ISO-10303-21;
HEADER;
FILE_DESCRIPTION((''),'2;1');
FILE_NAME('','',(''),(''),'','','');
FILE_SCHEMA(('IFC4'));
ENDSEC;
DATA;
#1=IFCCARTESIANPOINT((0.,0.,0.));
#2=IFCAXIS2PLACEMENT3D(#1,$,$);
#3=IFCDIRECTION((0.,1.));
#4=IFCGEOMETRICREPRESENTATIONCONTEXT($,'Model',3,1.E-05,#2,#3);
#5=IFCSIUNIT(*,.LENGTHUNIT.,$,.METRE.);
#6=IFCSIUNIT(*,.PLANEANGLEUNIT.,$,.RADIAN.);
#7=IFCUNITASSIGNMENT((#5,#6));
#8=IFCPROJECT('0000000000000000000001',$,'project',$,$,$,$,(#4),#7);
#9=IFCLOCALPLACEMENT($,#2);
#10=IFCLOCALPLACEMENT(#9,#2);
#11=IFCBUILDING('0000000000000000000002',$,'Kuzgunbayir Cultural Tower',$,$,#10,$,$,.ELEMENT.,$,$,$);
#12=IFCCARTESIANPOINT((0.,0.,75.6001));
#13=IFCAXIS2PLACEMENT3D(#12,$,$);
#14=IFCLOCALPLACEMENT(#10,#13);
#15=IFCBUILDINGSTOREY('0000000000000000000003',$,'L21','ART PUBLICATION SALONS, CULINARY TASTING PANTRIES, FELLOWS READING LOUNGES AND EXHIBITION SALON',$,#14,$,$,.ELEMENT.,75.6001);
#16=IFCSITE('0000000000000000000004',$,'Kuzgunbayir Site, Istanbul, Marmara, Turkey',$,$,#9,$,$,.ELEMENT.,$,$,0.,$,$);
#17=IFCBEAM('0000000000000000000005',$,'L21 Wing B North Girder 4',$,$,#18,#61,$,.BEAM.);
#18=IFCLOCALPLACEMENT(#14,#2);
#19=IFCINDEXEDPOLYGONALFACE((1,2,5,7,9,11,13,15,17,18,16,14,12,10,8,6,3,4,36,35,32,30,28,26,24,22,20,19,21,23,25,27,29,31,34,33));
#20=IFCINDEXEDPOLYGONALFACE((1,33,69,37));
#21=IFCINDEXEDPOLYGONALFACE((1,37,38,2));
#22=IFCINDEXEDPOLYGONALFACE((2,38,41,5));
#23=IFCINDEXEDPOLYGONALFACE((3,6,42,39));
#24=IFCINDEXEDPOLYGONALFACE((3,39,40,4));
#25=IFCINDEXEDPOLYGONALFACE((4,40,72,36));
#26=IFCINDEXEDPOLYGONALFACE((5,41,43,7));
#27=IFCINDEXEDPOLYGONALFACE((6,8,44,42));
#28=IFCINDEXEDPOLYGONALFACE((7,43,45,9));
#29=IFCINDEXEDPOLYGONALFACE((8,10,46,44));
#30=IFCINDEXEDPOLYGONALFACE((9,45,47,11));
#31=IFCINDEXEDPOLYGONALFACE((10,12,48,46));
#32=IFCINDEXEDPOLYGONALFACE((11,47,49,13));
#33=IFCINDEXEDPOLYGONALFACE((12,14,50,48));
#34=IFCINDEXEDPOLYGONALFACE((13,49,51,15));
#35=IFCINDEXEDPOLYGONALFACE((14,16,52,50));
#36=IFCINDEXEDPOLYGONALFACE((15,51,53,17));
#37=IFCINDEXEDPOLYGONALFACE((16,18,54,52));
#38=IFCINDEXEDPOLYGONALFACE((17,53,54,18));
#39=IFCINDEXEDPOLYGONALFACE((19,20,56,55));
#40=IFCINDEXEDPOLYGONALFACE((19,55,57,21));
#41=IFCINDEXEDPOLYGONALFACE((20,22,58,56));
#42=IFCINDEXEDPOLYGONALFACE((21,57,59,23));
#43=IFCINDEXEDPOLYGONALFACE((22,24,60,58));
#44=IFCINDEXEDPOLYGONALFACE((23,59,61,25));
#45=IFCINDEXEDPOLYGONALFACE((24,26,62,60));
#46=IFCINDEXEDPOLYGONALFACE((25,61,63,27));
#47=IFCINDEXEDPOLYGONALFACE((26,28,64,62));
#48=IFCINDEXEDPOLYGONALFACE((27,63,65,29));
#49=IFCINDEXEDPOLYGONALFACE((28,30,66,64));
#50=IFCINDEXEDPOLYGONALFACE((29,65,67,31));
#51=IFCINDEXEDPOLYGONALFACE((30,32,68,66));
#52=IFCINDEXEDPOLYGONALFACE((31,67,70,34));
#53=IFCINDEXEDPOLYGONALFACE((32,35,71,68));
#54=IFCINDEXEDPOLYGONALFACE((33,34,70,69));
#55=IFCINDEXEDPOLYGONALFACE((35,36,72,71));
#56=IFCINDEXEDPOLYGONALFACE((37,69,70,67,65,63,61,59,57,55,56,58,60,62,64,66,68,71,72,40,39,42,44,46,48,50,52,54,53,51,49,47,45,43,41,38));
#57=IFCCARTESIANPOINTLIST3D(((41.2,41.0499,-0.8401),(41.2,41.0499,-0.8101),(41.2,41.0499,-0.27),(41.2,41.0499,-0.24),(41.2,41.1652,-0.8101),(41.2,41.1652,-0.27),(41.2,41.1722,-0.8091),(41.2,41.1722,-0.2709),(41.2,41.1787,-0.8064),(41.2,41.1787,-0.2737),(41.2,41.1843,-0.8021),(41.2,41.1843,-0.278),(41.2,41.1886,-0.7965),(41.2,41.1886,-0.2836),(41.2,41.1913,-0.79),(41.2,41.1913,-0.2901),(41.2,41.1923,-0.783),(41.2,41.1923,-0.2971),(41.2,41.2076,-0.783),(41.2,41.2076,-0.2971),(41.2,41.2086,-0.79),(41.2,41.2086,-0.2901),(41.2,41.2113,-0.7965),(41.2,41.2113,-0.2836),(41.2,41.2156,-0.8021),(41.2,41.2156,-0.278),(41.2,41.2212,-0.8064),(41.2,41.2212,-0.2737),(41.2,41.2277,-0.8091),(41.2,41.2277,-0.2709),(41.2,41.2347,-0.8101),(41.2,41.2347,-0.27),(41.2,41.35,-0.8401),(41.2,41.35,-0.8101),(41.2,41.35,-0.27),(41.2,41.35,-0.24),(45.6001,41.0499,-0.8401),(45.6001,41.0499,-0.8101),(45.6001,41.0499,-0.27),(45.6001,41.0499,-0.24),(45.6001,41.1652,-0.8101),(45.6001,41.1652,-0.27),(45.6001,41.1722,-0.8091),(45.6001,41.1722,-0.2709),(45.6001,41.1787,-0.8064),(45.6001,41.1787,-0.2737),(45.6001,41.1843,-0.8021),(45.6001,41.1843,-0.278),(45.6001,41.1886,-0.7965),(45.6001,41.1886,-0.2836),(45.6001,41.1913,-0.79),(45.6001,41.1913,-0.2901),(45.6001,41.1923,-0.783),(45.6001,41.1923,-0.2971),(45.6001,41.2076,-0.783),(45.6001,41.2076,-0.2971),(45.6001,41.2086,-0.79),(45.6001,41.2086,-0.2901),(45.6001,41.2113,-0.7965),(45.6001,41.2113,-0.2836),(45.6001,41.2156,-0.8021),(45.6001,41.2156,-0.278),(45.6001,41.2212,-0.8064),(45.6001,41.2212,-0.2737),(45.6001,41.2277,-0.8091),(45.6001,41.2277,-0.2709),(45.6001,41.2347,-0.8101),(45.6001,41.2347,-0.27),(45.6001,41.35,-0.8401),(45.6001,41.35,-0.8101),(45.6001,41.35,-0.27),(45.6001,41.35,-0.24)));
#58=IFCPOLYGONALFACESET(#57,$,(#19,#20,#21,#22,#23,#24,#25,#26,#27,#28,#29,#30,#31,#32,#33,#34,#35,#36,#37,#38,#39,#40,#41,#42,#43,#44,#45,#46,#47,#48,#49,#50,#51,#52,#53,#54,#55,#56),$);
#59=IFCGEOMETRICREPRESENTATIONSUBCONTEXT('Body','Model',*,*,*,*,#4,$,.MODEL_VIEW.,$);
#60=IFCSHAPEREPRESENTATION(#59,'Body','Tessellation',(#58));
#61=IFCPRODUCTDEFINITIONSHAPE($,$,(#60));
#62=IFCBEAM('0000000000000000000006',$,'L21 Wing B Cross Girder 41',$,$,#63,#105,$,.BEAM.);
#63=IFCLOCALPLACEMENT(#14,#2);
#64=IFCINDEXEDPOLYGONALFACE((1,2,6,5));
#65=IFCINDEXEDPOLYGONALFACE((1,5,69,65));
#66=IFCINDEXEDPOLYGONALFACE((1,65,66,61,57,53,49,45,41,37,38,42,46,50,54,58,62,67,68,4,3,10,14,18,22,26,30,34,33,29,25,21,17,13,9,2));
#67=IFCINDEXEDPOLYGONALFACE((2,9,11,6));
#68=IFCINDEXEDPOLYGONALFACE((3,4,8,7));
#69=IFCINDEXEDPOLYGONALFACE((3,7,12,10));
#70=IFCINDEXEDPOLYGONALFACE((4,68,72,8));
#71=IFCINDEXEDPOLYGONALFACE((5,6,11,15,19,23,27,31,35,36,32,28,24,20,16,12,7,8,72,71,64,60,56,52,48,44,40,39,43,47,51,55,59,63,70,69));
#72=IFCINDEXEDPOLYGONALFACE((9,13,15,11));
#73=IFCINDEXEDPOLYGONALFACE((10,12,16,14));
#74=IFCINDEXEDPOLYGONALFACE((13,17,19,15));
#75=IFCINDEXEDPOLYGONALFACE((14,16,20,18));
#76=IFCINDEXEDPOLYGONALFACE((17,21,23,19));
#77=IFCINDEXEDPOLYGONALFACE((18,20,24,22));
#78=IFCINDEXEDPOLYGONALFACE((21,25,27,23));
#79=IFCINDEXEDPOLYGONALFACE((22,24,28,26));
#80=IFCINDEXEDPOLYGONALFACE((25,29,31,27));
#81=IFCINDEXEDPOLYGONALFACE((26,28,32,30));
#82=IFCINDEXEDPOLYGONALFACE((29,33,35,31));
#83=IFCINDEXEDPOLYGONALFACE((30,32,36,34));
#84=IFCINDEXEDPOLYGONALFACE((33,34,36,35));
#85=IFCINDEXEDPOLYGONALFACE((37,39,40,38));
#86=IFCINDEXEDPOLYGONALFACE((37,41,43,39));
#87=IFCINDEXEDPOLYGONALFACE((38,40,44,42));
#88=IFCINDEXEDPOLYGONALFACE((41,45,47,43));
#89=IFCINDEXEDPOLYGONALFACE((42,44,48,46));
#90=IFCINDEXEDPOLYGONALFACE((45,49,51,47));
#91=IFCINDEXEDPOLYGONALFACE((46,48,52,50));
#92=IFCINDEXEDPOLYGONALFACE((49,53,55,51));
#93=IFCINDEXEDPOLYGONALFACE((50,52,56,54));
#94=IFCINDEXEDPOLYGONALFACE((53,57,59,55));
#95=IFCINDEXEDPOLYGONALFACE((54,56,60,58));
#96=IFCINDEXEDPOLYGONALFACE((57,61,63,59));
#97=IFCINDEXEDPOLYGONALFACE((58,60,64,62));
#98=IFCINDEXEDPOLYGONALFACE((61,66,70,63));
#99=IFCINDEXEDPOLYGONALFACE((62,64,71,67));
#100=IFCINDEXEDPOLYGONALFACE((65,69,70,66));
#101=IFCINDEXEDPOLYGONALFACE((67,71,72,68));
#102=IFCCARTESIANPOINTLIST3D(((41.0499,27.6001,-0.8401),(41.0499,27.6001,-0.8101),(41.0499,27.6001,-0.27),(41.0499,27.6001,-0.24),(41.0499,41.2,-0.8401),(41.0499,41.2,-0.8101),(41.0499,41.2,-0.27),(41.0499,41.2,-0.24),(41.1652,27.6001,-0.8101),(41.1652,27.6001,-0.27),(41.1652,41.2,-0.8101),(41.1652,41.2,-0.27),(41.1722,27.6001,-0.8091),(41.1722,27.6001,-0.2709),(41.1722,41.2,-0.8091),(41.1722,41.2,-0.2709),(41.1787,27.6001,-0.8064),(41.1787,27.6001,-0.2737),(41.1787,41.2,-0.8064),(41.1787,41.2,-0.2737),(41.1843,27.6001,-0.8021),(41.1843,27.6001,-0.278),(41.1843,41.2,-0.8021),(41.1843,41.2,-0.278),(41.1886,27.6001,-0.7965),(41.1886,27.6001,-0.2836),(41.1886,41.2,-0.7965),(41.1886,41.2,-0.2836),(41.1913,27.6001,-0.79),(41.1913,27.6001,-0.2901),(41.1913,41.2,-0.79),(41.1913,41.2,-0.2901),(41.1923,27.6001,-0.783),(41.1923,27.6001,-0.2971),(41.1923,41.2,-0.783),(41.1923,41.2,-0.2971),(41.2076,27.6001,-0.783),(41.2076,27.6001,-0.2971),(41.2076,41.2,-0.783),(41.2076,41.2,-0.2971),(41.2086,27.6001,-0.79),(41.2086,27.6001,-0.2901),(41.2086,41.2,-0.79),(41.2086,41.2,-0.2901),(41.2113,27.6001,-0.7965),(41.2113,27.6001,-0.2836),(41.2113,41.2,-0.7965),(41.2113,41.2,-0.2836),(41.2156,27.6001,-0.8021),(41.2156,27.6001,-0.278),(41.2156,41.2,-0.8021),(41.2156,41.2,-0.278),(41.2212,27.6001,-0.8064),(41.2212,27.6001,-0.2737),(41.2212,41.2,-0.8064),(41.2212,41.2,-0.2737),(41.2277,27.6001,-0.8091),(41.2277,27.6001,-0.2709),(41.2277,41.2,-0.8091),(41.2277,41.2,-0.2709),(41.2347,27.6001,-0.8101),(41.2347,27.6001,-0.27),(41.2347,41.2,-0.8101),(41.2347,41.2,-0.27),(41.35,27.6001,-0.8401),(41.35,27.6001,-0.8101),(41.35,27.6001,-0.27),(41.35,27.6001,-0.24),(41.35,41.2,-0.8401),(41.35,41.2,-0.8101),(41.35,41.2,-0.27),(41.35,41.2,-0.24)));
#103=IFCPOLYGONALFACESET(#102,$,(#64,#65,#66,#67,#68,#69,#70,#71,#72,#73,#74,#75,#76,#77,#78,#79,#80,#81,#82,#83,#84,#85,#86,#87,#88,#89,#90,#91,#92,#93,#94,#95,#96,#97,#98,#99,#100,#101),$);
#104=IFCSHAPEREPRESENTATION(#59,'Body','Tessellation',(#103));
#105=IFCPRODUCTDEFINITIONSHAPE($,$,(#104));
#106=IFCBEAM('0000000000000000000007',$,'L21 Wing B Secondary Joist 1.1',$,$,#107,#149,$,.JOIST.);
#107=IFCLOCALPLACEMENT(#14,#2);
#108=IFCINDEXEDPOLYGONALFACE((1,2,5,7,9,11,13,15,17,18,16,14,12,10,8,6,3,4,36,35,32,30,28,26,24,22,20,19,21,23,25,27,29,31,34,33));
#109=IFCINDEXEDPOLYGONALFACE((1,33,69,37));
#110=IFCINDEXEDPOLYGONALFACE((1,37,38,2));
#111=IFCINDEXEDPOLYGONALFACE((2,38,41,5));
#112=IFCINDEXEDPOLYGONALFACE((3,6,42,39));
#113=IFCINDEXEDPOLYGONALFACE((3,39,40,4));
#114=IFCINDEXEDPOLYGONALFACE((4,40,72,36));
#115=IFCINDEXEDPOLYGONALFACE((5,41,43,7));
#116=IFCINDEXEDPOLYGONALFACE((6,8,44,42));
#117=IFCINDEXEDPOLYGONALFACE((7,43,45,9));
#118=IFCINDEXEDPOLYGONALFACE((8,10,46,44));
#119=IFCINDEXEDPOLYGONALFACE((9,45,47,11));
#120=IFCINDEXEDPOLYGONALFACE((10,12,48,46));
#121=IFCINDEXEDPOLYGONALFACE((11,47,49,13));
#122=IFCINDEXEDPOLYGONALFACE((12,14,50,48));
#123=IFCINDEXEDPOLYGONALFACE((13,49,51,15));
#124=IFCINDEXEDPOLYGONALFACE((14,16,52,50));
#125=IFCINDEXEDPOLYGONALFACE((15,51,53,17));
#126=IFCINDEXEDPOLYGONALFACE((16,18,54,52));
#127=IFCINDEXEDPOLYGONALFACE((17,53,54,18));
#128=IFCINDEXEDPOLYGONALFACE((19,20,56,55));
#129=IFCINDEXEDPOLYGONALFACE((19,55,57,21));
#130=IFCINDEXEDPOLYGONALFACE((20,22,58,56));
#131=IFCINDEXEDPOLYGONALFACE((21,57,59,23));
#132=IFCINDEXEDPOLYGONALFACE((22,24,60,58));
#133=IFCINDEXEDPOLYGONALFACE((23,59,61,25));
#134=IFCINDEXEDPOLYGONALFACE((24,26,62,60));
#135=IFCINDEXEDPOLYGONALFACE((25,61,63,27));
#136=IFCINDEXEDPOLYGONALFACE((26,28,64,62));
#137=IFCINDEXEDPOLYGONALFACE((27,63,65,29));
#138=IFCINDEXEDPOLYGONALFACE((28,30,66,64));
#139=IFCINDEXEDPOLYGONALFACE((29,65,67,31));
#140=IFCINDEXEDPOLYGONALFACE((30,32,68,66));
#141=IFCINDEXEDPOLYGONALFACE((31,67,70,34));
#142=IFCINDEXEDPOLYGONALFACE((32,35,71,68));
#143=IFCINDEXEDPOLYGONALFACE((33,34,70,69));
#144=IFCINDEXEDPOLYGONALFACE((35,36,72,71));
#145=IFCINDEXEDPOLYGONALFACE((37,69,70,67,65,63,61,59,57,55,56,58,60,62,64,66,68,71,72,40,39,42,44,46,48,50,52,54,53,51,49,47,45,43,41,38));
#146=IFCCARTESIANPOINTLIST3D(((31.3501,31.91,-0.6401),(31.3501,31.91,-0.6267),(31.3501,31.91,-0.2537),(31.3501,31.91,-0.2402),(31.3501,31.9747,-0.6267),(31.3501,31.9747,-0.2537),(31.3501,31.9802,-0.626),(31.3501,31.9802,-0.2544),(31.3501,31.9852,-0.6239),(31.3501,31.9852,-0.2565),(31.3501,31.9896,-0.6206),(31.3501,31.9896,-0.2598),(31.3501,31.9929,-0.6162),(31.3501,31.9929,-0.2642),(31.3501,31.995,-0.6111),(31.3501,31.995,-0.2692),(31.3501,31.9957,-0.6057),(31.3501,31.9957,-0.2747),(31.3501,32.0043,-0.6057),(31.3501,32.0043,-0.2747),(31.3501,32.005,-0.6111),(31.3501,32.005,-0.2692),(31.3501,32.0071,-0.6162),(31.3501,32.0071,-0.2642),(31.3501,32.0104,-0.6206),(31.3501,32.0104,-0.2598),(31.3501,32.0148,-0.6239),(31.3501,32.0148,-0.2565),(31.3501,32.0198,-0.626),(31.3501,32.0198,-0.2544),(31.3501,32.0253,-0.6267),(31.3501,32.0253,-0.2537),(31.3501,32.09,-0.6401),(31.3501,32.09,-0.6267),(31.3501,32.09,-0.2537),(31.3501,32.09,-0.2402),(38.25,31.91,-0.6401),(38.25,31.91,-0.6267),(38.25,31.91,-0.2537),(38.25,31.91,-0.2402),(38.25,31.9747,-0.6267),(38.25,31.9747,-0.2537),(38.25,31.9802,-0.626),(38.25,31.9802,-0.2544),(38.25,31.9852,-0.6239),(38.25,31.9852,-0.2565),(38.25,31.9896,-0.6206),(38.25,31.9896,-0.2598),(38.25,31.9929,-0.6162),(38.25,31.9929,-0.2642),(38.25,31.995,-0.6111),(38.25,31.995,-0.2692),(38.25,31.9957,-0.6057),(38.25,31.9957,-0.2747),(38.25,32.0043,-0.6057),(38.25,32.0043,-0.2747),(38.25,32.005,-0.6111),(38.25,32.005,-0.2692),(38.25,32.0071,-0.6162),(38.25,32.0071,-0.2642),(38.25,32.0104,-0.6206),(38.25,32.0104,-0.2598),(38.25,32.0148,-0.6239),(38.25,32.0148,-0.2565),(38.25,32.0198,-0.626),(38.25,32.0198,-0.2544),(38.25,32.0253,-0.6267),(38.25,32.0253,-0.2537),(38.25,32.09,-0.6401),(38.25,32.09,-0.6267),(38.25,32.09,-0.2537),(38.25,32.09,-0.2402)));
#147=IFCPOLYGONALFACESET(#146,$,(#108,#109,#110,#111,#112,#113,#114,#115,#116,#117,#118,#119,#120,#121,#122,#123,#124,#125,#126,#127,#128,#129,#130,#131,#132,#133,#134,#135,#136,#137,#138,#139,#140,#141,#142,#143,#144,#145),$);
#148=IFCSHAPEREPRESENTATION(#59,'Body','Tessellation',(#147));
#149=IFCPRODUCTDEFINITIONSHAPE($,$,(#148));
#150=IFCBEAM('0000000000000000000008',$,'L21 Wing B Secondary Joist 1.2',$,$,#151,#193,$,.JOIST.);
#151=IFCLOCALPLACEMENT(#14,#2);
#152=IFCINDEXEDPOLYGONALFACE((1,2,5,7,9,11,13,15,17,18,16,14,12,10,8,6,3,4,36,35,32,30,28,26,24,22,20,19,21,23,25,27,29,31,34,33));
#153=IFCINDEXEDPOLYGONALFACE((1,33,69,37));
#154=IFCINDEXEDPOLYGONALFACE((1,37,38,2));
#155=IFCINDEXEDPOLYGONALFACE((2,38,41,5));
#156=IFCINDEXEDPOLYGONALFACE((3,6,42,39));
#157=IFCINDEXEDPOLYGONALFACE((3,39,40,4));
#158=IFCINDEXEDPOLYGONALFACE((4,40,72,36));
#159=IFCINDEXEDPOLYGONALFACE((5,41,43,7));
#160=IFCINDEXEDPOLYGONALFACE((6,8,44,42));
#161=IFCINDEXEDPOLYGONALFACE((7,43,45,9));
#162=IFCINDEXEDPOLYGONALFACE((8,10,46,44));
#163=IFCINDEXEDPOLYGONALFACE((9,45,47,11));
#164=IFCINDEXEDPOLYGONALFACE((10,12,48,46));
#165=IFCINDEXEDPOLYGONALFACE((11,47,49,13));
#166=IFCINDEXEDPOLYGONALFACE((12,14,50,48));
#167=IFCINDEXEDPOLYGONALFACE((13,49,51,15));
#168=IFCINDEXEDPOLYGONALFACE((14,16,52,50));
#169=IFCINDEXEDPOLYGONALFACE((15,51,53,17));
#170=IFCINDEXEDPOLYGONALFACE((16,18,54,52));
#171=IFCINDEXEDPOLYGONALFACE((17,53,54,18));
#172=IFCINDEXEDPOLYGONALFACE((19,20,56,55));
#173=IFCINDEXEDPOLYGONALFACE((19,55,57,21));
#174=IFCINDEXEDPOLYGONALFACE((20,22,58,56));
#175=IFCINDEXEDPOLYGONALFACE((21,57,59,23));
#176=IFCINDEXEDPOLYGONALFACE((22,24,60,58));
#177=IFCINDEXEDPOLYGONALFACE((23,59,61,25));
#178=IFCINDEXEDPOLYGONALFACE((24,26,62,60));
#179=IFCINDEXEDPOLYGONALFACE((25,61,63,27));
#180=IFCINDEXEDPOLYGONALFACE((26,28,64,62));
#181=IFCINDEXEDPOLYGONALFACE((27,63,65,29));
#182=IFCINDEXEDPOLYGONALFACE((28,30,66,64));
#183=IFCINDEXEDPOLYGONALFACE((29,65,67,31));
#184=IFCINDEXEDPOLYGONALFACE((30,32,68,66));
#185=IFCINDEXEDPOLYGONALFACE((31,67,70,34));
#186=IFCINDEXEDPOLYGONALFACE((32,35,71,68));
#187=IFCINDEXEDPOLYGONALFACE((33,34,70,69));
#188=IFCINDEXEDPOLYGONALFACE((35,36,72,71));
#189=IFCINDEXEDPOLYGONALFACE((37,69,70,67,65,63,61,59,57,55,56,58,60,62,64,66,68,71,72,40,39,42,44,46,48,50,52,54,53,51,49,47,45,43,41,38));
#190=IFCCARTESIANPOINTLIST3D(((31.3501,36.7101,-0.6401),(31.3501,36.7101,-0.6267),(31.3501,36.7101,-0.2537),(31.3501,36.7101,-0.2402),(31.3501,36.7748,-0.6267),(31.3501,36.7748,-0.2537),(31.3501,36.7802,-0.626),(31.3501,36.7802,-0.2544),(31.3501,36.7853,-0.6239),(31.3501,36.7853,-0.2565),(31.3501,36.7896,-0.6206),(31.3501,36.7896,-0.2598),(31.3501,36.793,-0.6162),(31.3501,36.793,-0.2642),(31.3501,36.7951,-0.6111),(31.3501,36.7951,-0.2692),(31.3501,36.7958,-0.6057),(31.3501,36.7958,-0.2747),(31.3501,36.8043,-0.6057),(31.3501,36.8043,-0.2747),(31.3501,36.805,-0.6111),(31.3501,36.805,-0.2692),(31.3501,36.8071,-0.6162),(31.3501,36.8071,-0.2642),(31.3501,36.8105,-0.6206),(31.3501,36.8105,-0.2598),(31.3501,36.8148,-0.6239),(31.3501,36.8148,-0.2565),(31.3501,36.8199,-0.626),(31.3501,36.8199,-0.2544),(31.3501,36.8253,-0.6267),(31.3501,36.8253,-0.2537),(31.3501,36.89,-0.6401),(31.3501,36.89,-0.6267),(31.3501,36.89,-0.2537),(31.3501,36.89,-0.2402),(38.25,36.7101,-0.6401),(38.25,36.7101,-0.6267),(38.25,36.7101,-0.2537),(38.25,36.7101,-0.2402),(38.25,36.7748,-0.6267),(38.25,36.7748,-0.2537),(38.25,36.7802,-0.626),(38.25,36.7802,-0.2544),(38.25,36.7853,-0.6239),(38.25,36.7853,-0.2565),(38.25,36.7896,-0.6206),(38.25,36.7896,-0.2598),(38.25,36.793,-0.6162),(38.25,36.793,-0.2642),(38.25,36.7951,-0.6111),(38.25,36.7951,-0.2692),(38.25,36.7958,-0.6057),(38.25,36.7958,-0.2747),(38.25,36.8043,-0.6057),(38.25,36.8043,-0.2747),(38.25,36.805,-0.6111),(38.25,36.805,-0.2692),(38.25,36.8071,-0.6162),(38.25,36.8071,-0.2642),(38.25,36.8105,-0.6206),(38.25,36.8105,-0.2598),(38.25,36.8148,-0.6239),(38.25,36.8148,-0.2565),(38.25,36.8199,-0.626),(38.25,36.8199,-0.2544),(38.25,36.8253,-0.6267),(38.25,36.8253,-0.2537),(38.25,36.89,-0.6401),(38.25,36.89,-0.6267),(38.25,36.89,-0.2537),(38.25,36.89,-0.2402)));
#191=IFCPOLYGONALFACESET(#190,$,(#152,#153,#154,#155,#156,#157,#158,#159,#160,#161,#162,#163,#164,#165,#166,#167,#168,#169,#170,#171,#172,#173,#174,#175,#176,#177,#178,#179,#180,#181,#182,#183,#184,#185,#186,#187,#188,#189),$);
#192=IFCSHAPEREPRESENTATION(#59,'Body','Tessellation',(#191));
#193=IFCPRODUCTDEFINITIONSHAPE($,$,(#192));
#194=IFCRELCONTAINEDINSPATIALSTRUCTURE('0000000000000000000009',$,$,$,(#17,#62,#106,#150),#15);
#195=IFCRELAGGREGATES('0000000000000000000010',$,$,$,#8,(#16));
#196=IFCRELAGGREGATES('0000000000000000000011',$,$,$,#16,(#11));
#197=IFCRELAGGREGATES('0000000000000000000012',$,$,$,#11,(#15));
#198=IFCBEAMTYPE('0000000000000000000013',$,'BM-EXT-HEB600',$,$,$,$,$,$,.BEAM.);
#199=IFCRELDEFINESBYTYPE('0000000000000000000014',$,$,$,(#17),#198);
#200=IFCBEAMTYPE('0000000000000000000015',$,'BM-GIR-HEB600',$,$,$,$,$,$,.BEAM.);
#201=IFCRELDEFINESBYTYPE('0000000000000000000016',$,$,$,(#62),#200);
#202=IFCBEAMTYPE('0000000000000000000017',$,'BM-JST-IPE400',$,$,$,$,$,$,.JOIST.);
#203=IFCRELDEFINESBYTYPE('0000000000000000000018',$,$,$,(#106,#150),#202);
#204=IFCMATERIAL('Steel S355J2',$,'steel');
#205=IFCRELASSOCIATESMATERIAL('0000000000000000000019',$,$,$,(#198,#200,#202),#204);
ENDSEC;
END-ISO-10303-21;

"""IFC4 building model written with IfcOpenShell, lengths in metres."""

from ifc_helpers import new_model, si_unit, direction, frame, origin, origin_2d, place, context, subcontext, project, spatial, i_section, extrude, material, material_profile, profile_set, type_object, element, save


model = new_model("IFC4")

# Units and contexts
model_context = context("Model", 3, precision=1e-05, world=origin(), true_north=direction((0.0, 1.0)))
body_context = subcontext(model_context, "Body", "Model", "MODEL_VIEW")
ifc_project = project(units=[si_unit("LENGTHUNIT", "METRE"), si_unit("PLANEANGLEUNIT", "RADIAN")], contexts=[model_context])

# Site, building, storey
site_placement = place(None, origin())
site = spatial("IfcSite", under=ifc_project, at=site_placement, Name="Kuzgunbayir Site, Istanbul, Marmara, Turkey", CompositionType="ELEMENT", RefElevation=0.0)
building_placement = place(site_placement, origin())
building = spatial("IfcBuilding", under=site, at=building_placement, Name="Kuzgunbayir Cultural Tower", CompositionType="ELEMENT")
storey_placement = place(building_placement, frame((0.0, 0.0, 75.6001)))
storey = spatial("IfcBuildingStorey", under=building, at=storey_placement, Name="L21", Description="ART PUBLICATION SALONS, CULINARY TASTING PANTRIES, FELLOWS READING LOUNGES AND EXHIBITION SALON", CompositionType="ELEMENT", Elevation=75.6001)

# Beams
ifc_material_1 = material(Name="Steel S355J2", Category="steel")
ifc_material_profile_1 = material_profile(ifc_material_1, i_section(OverallWidth=0.3, OverallDepth=0.6001, WebThickness=0.0154, FlangeThickness=0.03, FilletRadius=0.0271, at=origin_2d()), Name="HEB 600")
ifc_profile_set_1 = profile_set([ifc_material_profile_1], Name="Steel S355J2")
beam_type_1 = type_object("IfcBeamType", Name="BM-EXT-HEB600", PredefinedType="BEAM", material=ifc_profile_set_1)
for number, where, z_axis, x_axis, name in (
    (1, (41.2, 41.2, -0.54), (1.0, 0.0, 0.0), (0.0, 1.0, 0.0), "L21 Wing B North Girder 4"),
):
    element("IfcBeam", number, at=place(storey_placement, frame(where, z_axis=z_axis, x_axis=x_axis)), inside=storey, type_object=beam_type_1, Name=name, PredefinedType="BEAM", context=body_context, shape_type="SweptSolid", body=[
        extrude(i_section(OverallWidth=0.3, OverallDepth=0.6001, WebThickness=0.0154, FlangeThickness=0.03, FilletRadius=0.0271, at=origin_2d()), origin(), (0.0, 0.0, 1.0), 4.4001),
    ])
ifc_material_profile_2 = material_profile(ifc_material_1, i_section(OverallWidth=0.3, OverallDepth=0.6001, WebThickness=0.0154, FlangeThickness=0.03, FilletRadius=0.0271, at=origin_2d()), Name="HEB 600")
ifc_profile_set_2 = profile_set([ifc_material_profile_2], Name="Steel S355J2")
beam_type_2 = type_object("IfcBeamType", Name="BM-GIR-HEB600", PredefinedType="BEAM", material=ifc_profile_set_2)
beam_1_placement = place(storey_placement, frame((41.2, 27.6001, -0.54), z_axis=(0.0, 1.0, 0.0), x_axis=(-1.0, 0.0, 0.0)))
element("IfcBeam", 2, at=beam_1_placement, inside=storey, type_object=beam_type_2, Name="L21 Wing B Cross Girder 41", PredefinedType="BEAM", context=body_context, shape_type="SweptSolid", body=[
    extrude(i_section(OverallWidth=0.3, OverallDepth=0.6001, WebThickness=0.0154, FlangeThickness=0.03, FilletRadius=0.0271, at=origin_2d()), origin(), (0.0, 0.0, 1.0), 13.5999),
])
ifc_material_profile_3 = material_profile(ifc_material_1, i_section(OverallWidth=0.1799, OverallDepth=0.3999, WebThickness=0.0085, FlangeThickness=0.0134, FilletRadius=0.021, at=origin_2d()), Name="IPE 400")
ifc_profile_set_3 = profile_set([ifc_material_profile_3], Name="Steel S355J2")
beam_type_3 = type_object("IfcBeamType", Name="BM-JST-IPE400", PredefinedType="JOIST", material=ifc_profile_set_3)
for number, where, z_axis, x_axis, name in (
    (3, (31.3501, 32.0, -0.4402), (1.0, 0.0, 0.0), (0.0, 1.0, 0.0), "L21 Wing B Secondary Joist 1.1"),
    (4, (31.3501, 36.8, -0.4402), (1.0, 0.0, 0.0), (0.0, 1.0, 0.0), "L21 Wing B Secondary Joist 1.2"),
):
    element("IfcBeam", number, at=place(storey_placement, frame(where, z_axis=z_axis, x_axis=x_axis)), inside=storey, type_object=beam_type_3, Name=name, PredefinedType="JOIST", context=body_context, shape_type="SweptSolid", body=[
        extrude(i_section(OverallWidth=0.1799, OverallDepth=0.3999, WebThickness=0.0085, FlangeThickness=0.0134, FilletRadius=0.021, at=origin_2d()), origin(), (0.0, 0.0, 1.0), 6.8999),
    ])

save(model, "model.ifc")
